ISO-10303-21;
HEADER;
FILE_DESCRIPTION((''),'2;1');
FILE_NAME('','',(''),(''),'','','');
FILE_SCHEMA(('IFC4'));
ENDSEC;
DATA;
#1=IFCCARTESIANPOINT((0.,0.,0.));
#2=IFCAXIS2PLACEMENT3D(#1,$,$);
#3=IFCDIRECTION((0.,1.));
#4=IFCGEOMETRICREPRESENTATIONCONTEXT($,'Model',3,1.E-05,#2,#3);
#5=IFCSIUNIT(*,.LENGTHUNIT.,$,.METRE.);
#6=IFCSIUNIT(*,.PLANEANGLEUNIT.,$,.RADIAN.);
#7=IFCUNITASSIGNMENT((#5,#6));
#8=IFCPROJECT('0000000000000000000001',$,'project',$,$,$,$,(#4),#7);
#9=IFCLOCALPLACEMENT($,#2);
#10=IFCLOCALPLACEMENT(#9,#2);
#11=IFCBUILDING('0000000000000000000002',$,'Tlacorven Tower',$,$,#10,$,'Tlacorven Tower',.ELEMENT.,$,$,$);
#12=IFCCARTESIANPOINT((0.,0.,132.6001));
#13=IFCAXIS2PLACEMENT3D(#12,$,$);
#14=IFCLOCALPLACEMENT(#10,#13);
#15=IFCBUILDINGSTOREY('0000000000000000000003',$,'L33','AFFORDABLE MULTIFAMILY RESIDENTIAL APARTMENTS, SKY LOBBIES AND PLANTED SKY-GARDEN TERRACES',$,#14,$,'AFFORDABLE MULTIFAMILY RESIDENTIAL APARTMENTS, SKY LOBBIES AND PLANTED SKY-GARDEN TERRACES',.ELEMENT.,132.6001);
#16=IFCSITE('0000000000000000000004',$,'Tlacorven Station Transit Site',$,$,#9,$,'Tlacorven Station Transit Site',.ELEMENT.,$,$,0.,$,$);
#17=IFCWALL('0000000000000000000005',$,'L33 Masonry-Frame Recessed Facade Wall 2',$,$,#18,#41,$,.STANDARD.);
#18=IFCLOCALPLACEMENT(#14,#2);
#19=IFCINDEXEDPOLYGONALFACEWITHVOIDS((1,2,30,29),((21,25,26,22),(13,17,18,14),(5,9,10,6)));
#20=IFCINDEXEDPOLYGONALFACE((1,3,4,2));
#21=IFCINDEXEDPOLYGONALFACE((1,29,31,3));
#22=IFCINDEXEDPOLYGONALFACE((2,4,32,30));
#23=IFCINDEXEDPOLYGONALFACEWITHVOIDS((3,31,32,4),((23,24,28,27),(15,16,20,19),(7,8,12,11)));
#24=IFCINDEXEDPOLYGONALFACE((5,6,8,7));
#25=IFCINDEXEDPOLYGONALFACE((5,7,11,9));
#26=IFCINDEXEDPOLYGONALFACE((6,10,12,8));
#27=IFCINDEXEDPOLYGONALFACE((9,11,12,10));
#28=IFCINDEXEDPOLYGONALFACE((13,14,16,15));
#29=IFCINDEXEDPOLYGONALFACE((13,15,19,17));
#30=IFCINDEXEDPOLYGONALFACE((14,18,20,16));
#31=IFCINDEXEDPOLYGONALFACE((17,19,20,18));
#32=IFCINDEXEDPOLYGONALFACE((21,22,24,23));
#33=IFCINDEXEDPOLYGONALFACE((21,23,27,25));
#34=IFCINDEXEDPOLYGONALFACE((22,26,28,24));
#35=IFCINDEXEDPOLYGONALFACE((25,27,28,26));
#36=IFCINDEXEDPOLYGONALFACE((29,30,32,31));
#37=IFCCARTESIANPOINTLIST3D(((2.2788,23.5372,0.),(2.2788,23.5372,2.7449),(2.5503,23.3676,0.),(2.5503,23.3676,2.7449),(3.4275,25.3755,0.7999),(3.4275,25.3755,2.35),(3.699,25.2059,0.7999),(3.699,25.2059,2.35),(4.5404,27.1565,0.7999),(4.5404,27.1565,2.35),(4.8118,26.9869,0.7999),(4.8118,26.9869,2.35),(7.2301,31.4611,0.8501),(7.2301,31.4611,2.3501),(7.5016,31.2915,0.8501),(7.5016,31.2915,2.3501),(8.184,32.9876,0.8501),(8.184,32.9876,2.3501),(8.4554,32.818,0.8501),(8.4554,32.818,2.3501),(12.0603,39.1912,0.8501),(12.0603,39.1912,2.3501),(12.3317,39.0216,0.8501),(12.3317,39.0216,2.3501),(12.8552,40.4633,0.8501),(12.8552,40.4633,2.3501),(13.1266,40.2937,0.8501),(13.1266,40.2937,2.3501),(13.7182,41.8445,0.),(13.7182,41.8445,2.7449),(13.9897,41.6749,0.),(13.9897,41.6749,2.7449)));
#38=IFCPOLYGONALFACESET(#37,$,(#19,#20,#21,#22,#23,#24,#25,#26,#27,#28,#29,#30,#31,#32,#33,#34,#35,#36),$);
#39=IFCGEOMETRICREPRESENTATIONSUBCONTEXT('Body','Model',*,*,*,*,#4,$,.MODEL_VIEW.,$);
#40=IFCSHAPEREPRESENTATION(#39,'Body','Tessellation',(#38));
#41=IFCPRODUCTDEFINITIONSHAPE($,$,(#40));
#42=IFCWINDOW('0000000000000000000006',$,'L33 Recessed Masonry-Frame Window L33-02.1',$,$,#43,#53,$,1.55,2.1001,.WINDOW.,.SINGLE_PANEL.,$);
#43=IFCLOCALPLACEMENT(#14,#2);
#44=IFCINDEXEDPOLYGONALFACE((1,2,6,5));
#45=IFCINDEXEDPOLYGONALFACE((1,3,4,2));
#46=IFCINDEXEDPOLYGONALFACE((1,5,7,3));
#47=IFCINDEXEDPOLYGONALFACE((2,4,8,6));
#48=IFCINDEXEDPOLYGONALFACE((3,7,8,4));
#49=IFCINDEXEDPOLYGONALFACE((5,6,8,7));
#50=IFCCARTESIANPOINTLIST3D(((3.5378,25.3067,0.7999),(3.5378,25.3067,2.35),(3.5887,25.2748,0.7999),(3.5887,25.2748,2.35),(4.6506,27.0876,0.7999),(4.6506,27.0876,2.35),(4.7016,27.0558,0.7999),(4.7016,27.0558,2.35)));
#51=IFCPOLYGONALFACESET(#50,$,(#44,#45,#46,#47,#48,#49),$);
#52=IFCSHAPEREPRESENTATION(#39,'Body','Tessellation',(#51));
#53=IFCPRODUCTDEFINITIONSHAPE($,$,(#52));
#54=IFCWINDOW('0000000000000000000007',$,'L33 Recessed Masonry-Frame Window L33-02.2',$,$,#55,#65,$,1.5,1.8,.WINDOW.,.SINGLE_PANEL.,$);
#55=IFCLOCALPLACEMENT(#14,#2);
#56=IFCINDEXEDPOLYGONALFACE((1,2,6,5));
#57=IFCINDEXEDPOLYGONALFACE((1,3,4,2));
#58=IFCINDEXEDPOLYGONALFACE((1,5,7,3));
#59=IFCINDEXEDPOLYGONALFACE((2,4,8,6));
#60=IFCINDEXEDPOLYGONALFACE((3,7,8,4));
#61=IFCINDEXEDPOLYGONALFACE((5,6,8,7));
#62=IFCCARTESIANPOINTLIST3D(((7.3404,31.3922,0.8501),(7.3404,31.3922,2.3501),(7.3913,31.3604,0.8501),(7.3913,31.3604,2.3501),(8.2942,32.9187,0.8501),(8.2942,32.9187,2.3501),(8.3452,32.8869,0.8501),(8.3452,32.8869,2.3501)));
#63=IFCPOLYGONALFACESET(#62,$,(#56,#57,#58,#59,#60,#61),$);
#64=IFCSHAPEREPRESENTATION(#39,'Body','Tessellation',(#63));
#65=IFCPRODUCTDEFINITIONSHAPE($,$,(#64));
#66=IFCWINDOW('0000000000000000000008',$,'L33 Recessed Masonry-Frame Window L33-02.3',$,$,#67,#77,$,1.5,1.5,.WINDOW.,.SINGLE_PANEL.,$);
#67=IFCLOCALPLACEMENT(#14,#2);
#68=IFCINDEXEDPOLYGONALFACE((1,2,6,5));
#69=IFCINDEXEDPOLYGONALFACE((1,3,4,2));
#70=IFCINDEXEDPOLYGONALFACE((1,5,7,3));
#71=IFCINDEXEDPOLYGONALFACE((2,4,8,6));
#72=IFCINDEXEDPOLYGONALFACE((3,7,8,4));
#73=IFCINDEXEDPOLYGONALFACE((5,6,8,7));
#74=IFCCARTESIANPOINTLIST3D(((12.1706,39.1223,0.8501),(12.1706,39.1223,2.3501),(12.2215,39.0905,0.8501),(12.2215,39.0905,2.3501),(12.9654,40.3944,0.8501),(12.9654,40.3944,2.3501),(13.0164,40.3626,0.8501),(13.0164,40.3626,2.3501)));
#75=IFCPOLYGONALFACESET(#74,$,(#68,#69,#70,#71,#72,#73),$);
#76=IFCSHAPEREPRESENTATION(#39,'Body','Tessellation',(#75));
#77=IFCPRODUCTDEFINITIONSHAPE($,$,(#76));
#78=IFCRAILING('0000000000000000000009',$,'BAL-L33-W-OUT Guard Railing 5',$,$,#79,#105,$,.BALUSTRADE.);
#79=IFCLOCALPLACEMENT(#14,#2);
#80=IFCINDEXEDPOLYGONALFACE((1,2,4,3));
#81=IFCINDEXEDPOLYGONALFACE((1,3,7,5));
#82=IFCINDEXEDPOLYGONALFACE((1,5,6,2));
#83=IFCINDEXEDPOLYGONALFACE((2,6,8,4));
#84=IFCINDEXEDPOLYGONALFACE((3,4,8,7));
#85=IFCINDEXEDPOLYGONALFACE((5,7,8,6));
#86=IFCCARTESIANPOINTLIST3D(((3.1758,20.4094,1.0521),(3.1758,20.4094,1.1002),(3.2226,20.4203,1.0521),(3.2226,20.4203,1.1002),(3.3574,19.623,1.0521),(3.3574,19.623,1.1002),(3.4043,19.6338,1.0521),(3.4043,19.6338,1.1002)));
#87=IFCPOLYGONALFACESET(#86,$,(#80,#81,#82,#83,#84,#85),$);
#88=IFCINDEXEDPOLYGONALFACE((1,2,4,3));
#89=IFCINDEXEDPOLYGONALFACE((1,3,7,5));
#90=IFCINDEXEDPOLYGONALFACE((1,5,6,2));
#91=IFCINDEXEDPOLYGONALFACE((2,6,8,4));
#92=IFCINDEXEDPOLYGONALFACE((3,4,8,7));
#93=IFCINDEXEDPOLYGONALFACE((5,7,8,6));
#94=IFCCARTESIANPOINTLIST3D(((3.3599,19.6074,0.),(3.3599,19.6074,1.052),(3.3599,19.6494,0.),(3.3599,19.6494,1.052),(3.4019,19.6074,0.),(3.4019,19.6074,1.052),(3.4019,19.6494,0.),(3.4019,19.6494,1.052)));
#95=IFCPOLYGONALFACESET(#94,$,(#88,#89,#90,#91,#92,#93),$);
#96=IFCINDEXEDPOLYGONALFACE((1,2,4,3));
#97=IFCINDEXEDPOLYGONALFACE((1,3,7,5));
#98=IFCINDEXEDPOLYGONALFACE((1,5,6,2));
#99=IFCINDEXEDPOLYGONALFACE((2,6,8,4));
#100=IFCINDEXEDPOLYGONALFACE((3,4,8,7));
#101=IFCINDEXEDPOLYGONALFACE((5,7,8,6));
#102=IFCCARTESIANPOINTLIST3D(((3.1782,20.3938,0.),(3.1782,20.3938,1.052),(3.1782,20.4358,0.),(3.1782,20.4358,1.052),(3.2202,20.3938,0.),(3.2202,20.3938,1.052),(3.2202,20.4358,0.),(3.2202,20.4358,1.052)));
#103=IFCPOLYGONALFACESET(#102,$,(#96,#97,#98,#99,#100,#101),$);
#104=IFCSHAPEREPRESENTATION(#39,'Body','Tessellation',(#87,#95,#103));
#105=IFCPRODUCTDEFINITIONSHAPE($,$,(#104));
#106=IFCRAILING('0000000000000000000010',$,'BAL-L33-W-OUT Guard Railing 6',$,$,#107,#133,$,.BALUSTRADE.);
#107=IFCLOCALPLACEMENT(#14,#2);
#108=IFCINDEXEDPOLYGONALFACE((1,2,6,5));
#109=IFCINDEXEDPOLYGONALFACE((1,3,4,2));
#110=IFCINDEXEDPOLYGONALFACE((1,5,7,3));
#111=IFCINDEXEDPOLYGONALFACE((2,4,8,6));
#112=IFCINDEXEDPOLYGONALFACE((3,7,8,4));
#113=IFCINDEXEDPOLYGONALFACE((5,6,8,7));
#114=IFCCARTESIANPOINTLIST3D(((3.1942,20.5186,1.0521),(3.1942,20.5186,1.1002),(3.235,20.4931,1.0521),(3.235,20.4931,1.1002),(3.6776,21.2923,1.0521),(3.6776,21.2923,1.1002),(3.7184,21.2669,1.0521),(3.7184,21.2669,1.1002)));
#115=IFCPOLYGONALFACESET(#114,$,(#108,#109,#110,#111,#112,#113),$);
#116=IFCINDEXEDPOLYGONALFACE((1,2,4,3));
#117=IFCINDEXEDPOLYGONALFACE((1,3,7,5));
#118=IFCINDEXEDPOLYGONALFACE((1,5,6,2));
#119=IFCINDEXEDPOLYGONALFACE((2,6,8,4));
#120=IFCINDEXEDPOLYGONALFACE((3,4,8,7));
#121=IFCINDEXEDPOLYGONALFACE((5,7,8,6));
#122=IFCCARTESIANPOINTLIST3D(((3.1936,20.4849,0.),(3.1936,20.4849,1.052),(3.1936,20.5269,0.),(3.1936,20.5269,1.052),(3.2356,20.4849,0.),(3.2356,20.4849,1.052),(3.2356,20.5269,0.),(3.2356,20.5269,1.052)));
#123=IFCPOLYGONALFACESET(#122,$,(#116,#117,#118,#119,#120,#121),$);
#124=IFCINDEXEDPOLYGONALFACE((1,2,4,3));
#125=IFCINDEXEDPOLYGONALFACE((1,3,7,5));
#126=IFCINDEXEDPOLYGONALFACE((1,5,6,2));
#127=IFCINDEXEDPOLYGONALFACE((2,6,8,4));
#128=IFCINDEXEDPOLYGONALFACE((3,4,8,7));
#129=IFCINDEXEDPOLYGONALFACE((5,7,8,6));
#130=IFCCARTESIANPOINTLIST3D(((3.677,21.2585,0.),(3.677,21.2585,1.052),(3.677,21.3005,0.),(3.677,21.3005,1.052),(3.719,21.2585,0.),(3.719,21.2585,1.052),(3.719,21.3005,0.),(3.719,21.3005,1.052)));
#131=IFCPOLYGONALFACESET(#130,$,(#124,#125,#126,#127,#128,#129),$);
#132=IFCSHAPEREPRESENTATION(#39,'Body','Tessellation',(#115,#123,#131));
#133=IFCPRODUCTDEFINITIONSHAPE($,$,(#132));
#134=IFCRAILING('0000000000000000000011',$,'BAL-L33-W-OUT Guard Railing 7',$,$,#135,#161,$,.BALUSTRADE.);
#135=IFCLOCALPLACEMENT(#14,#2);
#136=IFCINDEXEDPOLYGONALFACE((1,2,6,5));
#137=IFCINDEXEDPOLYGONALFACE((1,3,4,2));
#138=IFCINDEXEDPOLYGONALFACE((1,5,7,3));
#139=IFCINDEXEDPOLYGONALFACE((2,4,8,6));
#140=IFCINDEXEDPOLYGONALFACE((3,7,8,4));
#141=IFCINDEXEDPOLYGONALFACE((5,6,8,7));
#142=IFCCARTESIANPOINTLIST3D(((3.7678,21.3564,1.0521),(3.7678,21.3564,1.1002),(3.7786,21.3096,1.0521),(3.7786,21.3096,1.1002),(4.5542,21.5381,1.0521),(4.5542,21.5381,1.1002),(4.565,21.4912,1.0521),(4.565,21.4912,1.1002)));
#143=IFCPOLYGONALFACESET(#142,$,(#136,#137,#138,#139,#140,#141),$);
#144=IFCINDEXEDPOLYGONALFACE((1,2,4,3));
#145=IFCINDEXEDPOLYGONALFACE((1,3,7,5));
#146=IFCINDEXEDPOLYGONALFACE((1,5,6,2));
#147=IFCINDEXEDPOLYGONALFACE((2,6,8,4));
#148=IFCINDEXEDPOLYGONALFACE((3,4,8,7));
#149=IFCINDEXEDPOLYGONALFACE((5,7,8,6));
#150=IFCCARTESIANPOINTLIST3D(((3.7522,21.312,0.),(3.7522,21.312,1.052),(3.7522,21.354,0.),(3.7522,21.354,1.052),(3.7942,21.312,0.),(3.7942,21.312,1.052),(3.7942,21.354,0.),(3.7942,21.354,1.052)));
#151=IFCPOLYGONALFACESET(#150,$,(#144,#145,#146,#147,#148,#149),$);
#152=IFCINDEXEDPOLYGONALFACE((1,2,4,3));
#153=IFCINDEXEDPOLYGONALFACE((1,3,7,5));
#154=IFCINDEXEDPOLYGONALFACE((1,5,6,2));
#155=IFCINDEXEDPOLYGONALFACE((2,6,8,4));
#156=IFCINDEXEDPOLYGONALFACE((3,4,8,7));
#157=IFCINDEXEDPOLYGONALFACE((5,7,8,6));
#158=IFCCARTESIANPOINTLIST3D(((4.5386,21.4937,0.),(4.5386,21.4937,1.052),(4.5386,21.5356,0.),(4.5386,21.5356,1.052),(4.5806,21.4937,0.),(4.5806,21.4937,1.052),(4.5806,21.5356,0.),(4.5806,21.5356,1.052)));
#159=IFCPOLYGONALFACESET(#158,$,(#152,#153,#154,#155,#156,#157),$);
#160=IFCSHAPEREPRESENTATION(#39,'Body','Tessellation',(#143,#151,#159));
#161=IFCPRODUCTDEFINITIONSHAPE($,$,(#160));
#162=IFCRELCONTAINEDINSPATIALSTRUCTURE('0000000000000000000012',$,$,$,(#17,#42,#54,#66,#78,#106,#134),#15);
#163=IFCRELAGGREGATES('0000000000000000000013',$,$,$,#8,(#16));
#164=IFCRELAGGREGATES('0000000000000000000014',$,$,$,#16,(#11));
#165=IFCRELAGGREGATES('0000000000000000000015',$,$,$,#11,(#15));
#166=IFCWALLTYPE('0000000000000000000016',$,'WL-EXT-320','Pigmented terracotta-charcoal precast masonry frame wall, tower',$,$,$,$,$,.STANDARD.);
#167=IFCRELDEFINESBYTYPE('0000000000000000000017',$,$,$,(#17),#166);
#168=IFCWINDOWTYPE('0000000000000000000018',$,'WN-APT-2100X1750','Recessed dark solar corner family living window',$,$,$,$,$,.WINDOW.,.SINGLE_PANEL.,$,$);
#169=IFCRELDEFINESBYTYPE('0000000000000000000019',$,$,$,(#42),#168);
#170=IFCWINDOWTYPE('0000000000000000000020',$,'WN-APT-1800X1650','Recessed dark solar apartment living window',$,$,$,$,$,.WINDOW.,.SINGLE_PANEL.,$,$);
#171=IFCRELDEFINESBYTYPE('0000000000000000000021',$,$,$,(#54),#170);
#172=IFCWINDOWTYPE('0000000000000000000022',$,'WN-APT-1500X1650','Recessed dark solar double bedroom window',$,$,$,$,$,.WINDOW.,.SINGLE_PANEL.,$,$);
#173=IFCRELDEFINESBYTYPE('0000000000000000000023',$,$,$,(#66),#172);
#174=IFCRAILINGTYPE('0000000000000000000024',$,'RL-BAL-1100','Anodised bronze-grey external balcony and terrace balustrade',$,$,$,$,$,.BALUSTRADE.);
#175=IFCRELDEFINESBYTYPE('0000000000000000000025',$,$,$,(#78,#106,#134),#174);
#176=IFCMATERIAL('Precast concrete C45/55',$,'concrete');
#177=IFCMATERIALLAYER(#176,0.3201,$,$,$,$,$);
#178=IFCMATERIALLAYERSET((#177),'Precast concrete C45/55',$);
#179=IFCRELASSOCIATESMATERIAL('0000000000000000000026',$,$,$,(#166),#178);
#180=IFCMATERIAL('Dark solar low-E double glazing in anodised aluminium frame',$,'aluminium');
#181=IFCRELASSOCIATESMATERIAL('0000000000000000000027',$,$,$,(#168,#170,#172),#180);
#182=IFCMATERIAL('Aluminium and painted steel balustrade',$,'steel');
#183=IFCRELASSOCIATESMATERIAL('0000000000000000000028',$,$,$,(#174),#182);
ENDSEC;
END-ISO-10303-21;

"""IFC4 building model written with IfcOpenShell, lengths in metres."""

from ifc_helpers import new_model, si_unit, direction, frame, frame_2d, origin, origin_2d, place, context, subcontext, project, spatial, rectangle, extrude, source, transform, mapped, material, layer, layer_set, type_object, element, fill, save


model = new_model("IFC4")

# Units and contexts
model_context = context("Model", 3, precision=1e-05, world=origin(), true_north=direction((0.0, 1.0)))
body_context = subcontext(model_context, "Body", "Model", "MODEL_VIEW")
ifc_project = project(units=[si_unit("LENGTHUNIT", "METRE"), si_unit("PLANEANGLEUNIT", "RADIAN")], contexts=[model_context])

# Site, building, storey
site_placement = place(None, origin())
site = spatial("IfcSite", under=ifc_project, at=site_placement, Name="Tlacorven Station Transit Site", LongName="Tlacorven Station Transit Site", CompositionType="ELEMENT", RefElevation=0.0)
building_placement = place(site_placement, origin())
building = spatial("IfcBuilding", under=site, at=building_placement, Name="Tlacorven Tower", LongName="Tlacorven Tower", CompositionType="ELEMENT")
storey_placement = place(building_placement, frame((0.0, 0.0, 132.6001)))
storey = spatial("IfcBuildingStorey", under=building, at=storey_placement, Name="L33", Description="AFFORDABLE MULTIFAMILY RESIDENTIAL APARTMENTS, SKY LOBBIES AND PLANTED SKY-GARDEN TERRACES", LongName="AFFORDABLE MULTIFAMILY RESIDENTIAL APARTMENTS, SKY LOBBIES AND PLANTED SKY-GARDEN TERRACES", CompositionType="ELEMENT", Elevation=132.6001)

# Wall, openings, windows
ifc_material_1 = material(Name="Precast concrete C45/55", Category="concrete")
ifc_layer_1 = layer(ifc_material_1, 0.3201)
ifc_layer_set_1 = layer_set([ifc_layer_1], Name="Precast concrete C45/55")
wall_type_1 = type_object("IfcWallType", Name="WL-EXT-320", Description="Pigmented terracotta-charcoal precast masonry frame wall, tower", PredefinedType="STANDARD", material=ifc_layer_set_1)
wall_1_placement = place(storey_placement, frame((2.4146, 23.4524, 0.0), z_axis=(0.0, 0.0, 1.0), x_axis=(0.52991, 0.848054, 0.0)))
wall_1 = element("IfcWall", 1, at=wall_1_placement, inside=storey, type_object=wall_type_1, Name="L33 Masonry-Frame Recessed Facade Wall 2", PredefinedType="STANDARD", context=body_context, shape_type="SweptSolid", body=[
    extrude(rectangle(XDim=21.5874, YDim=0.3201, at=frame_2d((10.7937, 0.0))), origin(), (0.0, 0.0, 1.0), 2.7449),
])
opening_1_placement = place(wall_1_placement, frame((2.1677, 0.0, 0.8)))
opening_1 = element("IfcOpeningElement", 2, at=opening_1_placement, cuts=wall_1, PredefinedType="OPENING", context=body_context, shape_type="SweptSolid", body=[
    extrude(rectangle(XDim=2.1001, YDim=1.55, at=frame_2d((1.05, 0.7749))), frame((0.0, 0.1699, 0.0), z_axis=(0.0, -1.0, 0.0), x_axis=(1.0, 0.0, 0.0)), (0.0, 0.0, 1.0), 0.3401),
])
opening_2_placement = place(wall_1_placement, frame((9.3438, 0.0, 0.8501)))
opening_2 = element("IfcOpeningElement", 3, at=opening_2_placement, cuts=wall_1, PredefinedType="OPENING", context=body_context, shape_type="SweptSolid", body=[
    extrude(rectangle(XDim=1.8, YDim=1.5, at=frame_2d((0.8999, 0.75))), frame((0.0, 0.1699, 0.0), z_axis=(0.0, -1.0, 0.0), x_axis=(1.0, 0.0, 0.0)), (0.0, 0.0, 1.0), 0.3401),
])
opening_3_placement = place(wall_1_placement, frame((18.4587, 0.0, 0.8501)))
opening_3 = element("IfcOpeningElement", 4, at=opening_3_placement, cuts=wall_1, PredefinedType="OPENING", context=body_context, shape_type="SweptSolid", body=[
    extrude(rectangle(XDim=1.5, YDim=1.5, at=frame_2d((0.75, 0.75))), frame((0.0, 0.1699, 0.0), z_axis=(0.0, -1.0, 0.0), x_axis=(1.0, 0.0, 0.0)), (0.0, 0.0, 1.0), 0.3401),
])
ifc_material_2 = material(Name="Dark solar low-E double glazing in anodised aluminium frame", Category="aluminium")
window_type_1 = type_object("IfcWindowType", Name="WN-APT-2100X1750", Description="Recessed dark solar corner family living window", PartitioningType="SINGLE_PANEL", PredefinedType="WINDOW", material=ifc_material_2)
shared_shape_1 = source(origin(), body_context, "Body", "SweptSolid", [
    extrude(rectangle(XDim=2.1001, YDim=1.55, at=frame_2d((1.05, 0.7749))), frame((0.0, 0.03, 0.0), z_axis=(0.0, -1.0, 0.0), x_axis=(1.0, 0.0, 0.0)), (0.0, 0.0, 1.0), 0.0601),
])
window_1_placement = place(opening_1_placement, origin())
window_1 = element("IfcWindow", 5, at=window_1_placement, inside=storey, type_object=window_type_1, Name="L33 Recessed Masonry-Frame Window L33-02.1", OverallHeight=1.55, OverallWidth=2.1001, PartitioningType="SINGLE_PANEL", PredefinedType="WINDOW", context=body_context, shape_type="MappedRepresentation", body=[
    mapped(shared_shape_1, transform((0.0, 0.0, 0.0), scale=1.0)),
])
fill(opening_1, window_1)
window_type_2 = type_object("IfcWindowType", Name="WN-APT-1800X1650", Description="Recessed dark solar apartment living window", PartitioningType="SINGLE_PANEL", PredefinedType="WINDOW", material=ifc_material_2)
shared_shape_2 = source(origin(), body_context, "Body", "SweptSolid", [
    extrude(rectangle(XDim=1.8, YDim=1.5, at=frame_2d((0.8999, 0.75))), frame((0.0, 0.03, 0.0), z_axis=(0.0, -1.0, 0.0), x_axis=(1.0, 0.0, 0.0)), (0.0, 0.0, 1.0), 0.0601),
])
window_2_placement = place(opening_2_placement, origin())
window_2 = element("IfcWindow", 6, at=window_2_placement, inside=storey, type_object=window_type_2, Name="L33 Recessed Masonry-Frame Window L33-02.2", OverallHeight=1.5, OverallWidth=1.8, PartitioningType="SINGLE_PANEL", PredefinedType="WINDOW", context=body_context, shape_type="MappedRepresentation", body=[
    mapped(shared_shape_2, transform((0.0, 0.0, 0.0), scale=1.0)),
])
fill(opening_2, window_2)
window_type_3 = type_object("IfcWindowType", Name="WN-APT-1500X1650", Description="Recessed dark solar double bedroom window", PartitioningType="SINGLE_PANEL", PredefinedType="WINDOW", material=ifc_material_2)
shared_shape_3 = source(origin(), body_context, "Body", "SweptSolid", [
    extrude(rectangle(XDim=1.5, YDim=1.5, at=frame_2d((0.75, 0.75))), frame((0.0, 0.03, 0.0), z_axis=(0.0, -1.0, 0.0), x_axis=(1.0, 0.0, 0.0)), (0.0, 0.0, 1.0), 0.0601),
])
window_3_placement = place(opening_3_placement, origin())
window_3 = element("IfcWindow", 7, at=window_3_placement, inside=storey, type_object=window_type_3, Name="L33 Recessed Masonry-Frame Window L33-02.3", OverallHeight=1.5, OverallWidth=1.5, PartitioningType="SINGLE_PANEL", PredefinedType="WINDOW", context=body_context, shape_type="MappedRepresentation", body=[
    mapped(shared_shape_3, transform((0.0, 0.0, 0.0), scale=1.0)),
])
fill(opening_3, window_3)

# Railings
ifc_material_3 = material(Name="Aluminium and painted steel balustrade", Category="steel")
railing_type = type_object("IfcRailingType", Name="RL-BAL-1100", Description="Anodised bronze-grey external balcony and terrace balustrade", PredefinedType="BALUSTRADE", material=ifc_material_3)
shared_shape_4 = source(origin(), body_context, "Body", "SweptSolid", [
    extrude(rectangle(XDim=0.0481, YDim=0.0481, at=origin_2d()), frame((0.0, 0.0, 1.0762), z_axis=(-0.225058, 0.974345, 0.0), x_axis=(-0.974345, -0.225058, 0.0)), (0.0, 0.0, 1.0), 0.8071),
    extrude(rectangle(XDim=0.042, YDim=0.042, at=origin_2d()), origin(), (0.0, 0.0, 1.0), 1.052),
    extrude(rectangle(XDim=0.042, YDim=0.042, at=origin_2d()), frame((-0.1816, 0.7864, 0.0)), (0.0, 0.0, 1.0), 1.052),
])
railing_1_placement = place(storey_placement, frame((3.3809, 19.6284, 0.0)))
element("IfcRailing", 8, at=railing_1_placement, inside=storey, type_object=railing_type, Name="BAL-L33-W-OUT Guard Railing 5", PredefinedType="BALUSTRADE", context=body_context, shape_type="MappedRepresentation", body=[
    mapped(shared_shape_4, transform((0.0, 0.0, 0.0), scale=1.0)),
])
shared_shape_5 = source(origin(), body_context, "Body", "SweptSolid", [
    extrude(rectangle(XDim=0.0481, YDim=0.0481, at=origin_2d()), frame((0.0, 0.0, 1.0762), z_axis=(0.529879, 0.848073, 0.0), x_axis=(-0.848073, 0.529879, 0.0)), (0.0, 0.0, 1.0), 0.9124),
    extrude(rectangle(XDim=0.042, YDim=0.042, at=origin_2d()), origin(), (0.0, 0.0, 1.0), 1.052),
    extrude(rectangle(XDim=0.042, YDim=0.042, at=origin_2d()), frame((0.4834, 0.7737, 0.0)), (0.0, 0.0, 1.0), 1.052),
])
railing_2_placement = place(storey_placement, frame((3.2146, 20.5059, 0.0)))
element("IfcRailing", 9, at=railing_2_placement, inside=storey, type_object=railing_type, Name="BAL-L33-W-OUT Guard Railing 6", PredefinedType="BALUSTRADE", context=body_context, shape_type="MappedRepresentation", body=[
    mapped(shared_shape_5, transform((0.0, 0.0, 0.0), scale=1.0)),
])
shared_shape_6 = source(origin(), body_context, "Body", "SweptSolid", [
    extrude(rectangle(XDim=0.0481, YDim=0.0481, at=origin_2d()), frame((0.0, 0.0, 1.0762), z_axis=(0.974345, 0.225058, 0.0), x_axis=(-0.225058, 0.974345, 0.0)), (0.0, 0.0, 1.0), 0.8071),
    extrude(rectangle(XDim=0.042, YDim=0.042, at=origin_2d()), origin(), (0.0, 0.0, 1.0), 1.052),
    extrude(rectangle(XDim=0.042, YDim=0.042, at=origin_2d()), frame((0.7864, 0.1816, 0.0)), (0.0, 0.0, 1.0), 1.052),
])
railing_3_placement = place(storey_placement, frame((3.7732, 21.333, 0.0)))
element("IfcRailing", 10, at=railing_3_placement, inside=storey, type_object=railing_type, Name="BAL-L33-W-OUT Guard Railing 7", PredefinedType="BALUSTRADE", context=body_context, shape_type="MappedRepresentation", body=[
    mapped(shared_shape_6, transform((0.0, 0.0, 0.0), scale=1.0)),
])

save(model, "model.ifc")
